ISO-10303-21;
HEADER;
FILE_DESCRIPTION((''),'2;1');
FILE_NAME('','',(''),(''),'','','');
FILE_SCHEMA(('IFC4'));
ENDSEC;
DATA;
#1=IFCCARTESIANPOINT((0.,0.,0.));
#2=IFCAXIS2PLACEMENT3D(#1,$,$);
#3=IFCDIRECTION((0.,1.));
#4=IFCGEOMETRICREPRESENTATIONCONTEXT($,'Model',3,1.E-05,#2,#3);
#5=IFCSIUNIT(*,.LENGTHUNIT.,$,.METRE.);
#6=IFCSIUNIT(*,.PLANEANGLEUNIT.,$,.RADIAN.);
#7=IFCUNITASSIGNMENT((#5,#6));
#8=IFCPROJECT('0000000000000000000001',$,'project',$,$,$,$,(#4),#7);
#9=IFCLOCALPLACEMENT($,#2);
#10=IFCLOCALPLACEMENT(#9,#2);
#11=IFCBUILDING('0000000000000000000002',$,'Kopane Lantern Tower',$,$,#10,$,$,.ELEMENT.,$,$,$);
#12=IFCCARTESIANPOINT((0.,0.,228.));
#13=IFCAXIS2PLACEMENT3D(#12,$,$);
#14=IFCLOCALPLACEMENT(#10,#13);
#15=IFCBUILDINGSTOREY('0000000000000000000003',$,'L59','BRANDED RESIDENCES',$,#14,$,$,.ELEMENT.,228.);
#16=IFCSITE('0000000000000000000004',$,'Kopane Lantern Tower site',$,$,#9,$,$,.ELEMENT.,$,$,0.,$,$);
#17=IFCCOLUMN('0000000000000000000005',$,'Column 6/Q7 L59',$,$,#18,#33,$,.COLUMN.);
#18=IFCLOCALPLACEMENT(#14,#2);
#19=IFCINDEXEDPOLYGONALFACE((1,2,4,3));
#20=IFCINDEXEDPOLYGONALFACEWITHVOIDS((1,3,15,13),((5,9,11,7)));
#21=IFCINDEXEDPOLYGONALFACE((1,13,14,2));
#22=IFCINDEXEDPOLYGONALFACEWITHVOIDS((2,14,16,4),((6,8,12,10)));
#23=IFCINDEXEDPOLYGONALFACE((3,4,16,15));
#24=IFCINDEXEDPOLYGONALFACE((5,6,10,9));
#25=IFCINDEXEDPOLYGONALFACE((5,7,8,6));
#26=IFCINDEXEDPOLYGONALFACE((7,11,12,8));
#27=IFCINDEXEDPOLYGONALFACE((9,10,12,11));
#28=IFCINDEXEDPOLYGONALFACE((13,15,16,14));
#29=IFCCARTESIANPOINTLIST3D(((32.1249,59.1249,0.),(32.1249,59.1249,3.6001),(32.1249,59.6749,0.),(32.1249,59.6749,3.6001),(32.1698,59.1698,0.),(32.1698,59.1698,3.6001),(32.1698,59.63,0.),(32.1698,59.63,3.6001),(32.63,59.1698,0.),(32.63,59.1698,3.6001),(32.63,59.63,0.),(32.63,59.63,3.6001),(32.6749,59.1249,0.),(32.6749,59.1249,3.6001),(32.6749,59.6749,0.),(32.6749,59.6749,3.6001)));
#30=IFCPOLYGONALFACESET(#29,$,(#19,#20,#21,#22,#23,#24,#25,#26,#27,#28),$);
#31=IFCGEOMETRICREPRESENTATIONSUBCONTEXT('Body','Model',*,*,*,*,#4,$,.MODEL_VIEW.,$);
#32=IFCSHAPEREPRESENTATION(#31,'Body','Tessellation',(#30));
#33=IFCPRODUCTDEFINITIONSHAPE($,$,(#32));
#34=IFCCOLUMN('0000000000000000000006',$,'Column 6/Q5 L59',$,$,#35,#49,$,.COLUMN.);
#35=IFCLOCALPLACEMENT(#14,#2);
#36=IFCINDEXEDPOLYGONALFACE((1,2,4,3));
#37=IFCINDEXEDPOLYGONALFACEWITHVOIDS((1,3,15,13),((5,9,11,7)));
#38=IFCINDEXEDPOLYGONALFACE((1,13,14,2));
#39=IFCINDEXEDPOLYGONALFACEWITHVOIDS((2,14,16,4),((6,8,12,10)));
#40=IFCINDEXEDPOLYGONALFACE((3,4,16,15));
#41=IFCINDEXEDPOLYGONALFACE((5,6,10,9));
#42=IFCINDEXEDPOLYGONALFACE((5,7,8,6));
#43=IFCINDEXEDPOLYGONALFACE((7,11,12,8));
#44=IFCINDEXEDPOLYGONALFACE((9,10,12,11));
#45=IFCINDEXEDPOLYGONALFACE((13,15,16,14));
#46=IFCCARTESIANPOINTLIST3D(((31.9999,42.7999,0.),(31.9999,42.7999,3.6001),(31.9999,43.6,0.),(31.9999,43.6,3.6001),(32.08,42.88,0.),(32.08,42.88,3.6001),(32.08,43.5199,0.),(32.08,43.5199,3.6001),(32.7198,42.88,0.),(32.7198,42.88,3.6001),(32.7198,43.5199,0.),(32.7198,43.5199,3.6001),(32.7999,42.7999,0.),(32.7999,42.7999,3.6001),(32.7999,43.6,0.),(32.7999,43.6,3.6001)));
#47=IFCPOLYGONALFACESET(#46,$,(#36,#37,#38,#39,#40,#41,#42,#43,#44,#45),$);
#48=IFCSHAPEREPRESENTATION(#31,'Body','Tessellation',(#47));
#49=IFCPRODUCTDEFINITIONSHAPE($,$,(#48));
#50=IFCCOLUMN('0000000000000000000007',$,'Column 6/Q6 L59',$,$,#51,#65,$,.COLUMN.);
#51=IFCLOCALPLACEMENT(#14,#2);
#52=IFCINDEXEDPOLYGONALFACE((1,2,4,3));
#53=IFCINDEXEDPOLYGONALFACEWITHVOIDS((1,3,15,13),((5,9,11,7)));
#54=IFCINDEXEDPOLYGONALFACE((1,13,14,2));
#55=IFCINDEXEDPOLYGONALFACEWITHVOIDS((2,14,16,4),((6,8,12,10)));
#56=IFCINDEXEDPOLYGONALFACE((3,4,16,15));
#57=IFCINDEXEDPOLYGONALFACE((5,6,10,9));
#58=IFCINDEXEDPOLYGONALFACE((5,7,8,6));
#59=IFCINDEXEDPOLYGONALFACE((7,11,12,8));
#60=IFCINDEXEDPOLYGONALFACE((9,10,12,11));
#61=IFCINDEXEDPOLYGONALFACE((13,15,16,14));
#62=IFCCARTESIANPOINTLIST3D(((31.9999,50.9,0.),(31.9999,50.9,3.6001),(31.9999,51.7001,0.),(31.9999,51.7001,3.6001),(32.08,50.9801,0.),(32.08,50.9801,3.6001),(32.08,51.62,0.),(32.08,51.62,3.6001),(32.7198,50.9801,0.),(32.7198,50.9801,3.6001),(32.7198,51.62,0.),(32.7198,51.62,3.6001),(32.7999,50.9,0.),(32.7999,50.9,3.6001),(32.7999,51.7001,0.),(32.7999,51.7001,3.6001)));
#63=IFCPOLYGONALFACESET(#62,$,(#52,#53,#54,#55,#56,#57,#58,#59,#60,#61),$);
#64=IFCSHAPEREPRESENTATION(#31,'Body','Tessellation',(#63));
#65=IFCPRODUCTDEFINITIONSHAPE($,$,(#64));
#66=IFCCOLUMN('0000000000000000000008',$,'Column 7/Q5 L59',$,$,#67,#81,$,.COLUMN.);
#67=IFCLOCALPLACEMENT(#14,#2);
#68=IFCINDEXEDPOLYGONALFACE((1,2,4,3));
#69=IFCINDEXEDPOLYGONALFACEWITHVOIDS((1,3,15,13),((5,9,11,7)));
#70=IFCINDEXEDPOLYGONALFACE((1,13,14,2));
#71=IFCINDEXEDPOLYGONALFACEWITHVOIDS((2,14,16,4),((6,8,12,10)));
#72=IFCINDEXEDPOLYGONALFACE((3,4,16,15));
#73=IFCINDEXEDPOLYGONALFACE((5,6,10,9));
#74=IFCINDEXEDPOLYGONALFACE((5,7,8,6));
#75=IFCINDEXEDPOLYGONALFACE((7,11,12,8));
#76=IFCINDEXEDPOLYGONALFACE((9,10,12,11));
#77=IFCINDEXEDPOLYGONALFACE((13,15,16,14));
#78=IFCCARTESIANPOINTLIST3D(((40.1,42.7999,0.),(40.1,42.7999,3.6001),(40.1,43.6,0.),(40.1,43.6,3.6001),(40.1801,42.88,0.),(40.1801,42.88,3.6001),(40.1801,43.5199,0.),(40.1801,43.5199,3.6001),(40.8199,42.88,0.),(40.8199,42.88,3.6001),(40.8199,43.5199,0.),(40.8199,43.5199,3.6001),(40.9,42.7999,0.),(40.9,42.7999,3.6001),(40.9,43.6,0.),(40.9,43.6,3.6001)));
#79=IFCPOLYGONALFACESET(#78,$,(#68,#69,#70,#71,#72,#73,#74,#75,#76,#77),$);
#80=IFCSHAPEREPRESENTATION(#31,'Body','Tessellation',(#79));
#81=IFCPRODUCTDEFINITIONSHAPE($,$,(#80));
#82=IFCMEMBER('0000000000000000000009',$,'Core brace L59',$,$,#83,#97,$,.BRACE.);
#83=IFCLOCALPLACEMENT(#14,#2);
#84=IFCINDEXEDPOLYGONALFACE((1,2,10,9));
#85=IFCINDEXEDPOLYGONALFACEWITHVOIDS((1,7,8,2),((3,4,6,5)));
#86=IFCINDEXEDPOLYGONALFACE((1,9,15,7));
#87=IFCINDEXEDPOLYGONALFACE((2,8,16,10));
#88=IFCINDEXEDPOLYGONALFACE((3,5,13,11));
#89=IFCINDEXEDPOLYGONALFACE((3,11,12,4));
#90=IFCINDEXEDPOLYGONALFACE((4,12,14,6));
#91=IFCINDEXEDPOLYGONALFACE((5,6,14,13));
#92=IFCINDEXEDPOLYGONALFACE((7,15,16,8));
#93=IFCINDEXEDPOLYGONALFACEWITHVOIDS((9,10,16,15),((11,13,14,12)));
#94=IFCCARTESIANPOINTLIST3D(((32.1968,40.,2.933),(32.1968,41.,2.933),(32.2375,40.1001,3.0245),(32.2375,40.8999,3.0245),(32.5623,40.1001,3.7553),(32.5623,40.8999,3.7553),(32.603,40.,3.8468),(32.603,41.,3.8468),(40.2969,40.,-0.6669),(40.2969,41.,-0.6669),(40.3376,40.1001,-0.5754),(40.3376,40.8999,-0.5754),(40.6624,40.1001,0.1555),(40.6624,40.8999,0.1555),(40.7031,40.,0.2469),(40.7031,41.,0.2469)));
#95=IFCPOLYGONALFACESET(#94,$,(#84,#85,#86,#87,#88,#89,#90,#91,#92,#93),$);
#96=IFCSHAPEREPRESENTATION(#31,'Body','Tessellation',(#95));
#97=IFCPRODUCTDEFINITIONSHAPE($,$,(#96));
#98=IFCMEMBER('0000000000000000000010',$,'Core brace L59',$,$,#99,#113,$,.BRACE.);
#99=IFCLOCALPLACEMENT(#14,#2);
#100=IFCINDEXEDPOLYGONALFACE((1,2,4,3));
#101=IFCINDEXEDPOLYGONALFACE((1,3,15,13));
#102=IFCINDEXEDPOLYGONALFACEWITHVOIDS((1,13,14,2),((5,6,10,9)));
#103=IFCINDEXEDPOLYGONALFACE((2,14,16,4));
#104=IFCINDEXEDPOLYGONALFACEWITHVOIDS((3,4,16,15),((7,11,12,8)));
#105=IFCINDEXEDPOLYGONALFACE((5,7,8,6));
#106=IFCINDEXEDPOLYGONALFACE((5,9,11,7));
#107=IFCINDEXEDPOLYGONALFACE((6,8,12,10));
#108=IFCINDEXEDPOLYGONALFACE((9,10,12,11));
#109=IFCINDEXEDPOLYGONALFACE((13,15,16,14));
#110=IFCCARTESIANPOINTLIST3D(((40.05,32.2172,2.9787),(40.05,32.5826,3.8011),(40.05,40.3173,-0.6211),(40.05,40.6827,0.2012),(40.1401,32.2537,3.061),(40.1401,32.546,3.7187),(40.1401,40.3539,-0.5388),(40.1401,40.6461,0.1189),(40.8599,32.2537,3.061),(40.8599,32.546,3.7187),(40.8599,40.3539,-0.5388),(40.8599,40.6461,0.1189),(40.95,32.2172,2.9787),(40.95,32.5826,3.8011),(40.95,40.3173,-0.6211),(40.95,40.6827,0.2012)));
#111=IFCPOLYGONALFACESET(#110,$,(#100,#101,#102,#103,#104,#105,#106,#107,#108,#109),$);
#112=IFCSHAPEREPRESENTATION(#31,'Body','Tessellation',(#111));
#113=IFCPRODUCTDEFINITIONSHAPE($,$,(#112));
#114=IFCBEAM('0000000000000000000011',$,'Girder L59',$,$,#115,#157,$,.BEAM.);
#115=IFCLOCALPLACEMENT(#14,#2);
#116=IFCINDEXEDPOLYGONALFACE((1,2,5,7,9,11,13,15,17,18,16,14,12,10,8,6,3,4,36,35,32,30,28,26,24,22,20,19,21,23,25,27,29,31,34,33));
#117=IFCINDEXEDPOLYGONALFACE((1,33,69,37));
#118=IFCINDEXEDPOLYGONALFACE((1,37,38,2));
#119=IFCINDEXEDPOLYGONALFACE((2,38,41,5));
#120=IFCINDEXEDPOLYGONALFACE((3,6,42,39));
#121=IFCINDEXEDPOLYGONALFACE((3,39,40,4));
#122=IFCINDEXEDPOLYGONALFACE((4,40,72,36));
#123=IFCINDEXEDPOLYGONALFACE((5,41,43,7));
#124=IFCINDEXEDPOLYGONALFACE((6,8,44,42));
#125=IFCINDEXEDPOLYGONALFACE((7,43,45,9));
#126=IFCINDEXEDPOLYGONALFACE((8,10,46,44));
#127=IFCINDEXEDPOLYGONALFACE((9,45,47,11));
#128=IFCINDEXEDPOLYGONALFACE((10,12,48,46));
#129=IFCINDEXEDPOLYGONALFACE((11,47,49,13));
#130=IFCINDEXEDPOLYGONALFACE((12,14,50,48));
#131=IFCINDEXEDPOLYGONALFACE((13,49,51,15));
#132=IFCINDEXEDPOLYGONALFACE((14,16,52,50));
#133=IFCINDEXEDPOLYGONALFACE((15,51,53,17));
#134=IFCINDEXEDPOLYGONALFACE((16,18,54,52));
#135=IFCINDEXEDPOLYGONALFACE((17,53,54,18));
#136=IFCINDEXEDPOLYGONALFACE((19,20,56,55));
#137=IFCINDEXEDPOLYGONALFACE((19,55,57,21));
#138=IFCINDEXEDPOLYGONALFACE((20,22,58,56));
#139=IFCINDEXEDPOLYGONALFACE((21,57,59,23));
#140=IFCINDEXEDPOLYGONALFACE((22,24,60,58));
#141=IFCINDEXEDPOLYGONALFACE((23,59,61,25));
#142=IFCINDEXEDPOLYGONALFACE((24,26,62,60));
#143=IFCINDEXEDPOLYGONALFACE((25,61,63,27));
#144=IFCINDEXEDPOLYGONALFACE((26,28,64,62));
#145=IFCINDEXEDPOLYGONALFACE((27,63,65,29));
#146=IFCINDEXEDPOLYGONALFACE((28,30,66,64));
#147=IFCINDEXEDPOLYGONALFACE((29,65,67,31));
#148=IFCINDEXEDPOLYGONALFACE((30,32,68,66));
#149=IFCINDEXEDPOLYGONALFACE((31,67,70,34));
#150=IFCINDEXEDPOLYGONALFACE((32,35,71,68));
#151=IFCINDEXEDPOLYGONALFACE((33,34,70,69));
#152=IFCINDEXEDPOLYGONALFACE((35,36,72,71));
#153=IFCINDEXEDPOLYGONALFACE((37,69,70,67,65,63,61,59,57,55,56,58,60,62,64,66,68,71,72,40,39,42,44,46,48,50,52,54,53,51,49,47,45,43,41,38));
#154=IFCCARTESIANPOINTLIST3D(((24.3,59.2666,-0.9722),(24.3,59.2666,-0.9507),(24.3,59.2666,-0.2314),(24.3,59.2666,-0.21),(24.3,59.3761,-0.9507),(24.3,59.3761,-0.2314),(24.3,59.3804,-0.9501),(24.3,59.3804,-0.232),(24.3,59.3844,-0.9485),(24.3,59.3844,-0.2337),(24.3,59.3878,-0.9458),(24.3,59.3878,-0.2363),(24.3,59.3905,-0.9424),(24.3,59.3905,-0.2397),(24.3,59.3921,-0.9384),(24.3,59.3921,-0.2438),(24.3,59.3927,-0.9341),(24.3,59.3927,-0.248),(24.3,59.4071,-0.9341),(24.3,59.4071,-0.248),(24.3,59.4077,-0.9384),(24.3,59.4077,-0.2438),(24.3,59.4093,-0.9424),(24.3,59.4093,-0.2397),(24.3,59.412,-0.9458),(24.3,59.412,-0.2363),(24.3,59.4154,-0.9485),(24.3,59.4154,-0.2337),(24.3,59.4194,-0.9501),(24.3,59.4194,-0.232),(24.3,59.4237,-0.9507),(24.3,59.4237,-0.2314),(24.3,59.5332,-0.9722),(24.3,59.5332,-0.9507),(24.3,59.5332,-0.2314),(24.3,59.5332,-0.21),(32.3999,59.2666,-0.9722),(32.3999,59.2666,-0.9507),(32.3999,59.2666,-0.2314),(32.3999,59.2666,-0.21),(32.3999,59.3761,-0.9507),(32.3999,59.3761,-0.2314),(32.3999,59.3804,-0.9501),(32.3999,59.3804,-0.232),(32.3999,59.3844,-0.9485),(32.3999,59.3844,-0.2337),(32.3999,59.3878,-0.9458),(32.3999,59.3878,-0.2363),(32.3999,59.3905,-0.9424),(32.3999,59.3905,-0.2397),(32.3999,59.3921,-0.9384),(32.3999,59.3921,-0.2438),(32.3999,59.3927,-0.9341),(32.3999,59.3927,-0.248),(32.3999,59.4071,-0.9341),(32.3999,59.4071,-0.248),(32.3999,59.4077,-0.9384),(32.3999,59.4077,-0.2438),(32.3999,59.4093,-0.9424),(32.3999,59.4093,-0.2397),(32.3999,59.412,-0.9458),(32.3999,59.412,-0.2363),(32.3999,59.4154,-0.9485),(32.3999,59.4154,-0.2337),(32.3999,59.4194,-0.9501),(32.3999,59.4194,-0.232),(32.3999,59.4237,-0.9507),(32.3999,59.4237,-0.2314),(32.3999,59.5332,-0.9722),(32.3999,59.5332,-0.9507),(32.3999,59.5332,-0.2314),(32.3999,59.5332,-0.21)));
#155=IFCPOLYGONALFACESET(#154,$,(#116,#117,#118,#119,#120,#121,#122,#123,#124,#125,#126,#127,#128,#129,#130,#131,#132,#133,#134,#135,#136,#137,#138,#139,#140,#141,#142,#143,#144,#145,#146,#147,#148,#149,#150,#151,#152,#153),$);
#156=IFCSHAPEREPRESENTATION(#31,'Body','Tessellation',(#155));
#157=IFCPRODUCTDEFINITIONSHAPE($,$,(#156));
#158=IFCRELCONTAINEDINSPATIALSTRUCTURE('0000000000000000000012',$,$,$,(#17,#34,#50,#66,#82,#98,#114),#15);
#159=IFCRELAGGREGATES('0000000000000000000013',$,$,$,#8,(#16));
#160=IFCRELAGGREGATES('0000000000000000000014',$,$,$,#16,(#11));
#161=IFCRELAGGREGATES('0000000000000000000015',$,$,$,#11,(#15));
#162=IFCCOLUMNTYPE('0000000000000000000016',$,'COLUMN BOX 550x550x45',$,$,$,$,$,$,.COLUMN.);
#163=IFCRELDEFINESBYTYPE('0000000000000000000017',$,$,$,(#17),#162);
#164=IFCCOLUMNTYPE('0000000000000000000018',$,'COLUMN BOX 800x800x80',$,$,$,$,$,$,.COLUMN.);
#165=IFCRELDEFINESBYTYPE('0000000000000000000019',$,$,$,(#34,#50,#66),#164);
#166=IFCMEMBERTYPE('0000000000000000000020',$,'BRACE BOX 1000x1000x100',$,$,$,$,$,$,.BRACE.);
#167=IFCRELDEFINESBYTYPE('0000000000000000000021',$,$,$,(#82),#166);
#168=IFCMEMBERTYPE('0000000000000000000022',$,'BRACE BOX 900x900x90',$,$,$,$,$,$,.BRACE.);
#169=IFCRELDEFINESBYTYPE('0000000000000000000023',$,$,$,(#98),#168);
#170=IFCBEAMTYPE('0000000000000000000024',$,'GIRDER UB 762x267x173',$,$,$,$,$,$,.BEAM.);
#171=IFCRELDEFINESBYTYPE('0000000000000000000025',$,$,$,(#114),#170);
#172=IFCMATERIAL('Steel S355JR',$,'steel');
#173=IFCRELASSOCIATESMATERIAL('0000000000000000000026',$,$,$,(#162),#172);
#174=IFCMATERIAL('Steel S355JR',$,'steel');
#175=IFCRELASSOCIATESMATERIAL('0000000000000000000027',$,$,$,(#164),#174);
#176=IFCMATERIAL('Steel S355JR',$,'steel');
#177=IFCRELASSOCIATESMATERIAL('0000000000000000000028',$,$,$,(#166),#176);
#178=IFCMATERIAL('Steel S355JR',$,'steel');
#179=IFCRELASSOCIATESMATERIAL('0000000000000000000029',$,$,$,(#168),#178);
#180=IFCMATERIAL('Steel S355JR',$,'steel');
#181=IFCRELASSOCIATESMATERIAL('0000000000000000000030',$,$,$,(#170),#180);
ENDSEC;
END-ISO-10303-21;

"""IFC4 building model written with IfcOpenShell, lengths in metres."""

from ifc_helpers import new_model, si_unit, direction, frame, origin, origin_2d, place, context, subcontext, project, spatial, hollow_rectangle, i_section, extrude, material, material_profile, profile_set, type_object, element, save


model = new_model("IFC4")

# Units and contexts
model_context = context("Model", 3, precision=1e-05, world=origin(), true_north=direction((0.0, 1.0)))
body_context = subcontext(model_context, "Body", "Model", "MODEL_VIEW")
ifc_project = project(units=[si_unit("LENGTHUNIT", "METRE"), si_unit("PLANEANGLEUNIT", "RADIAN")], contexts=[model_context])

# Site, building, storey
site_placement = place(None, origin())
site = spatial("IfcSite", under=ifc_project, at=site_placement, Name="Kopane Lantern Tower site", CompositionType="ELEMENT", RefElevation=0.0)
building_placement = place(site_placement, origin())
building = spatial("IfcBuilding", under=site, at=building_placement, Name="Kopane Lantern Tower", CompositionType="ELEMENT")
storey_placement = place(building_placement, frame((0.0, 0.0, 228.0)))
storey = spatial("IfcBuildingStorey", under=building, at=storey_placement, Name="L59", Description="BRANDED RESIDENCES", CompositionType="ELEMENT", Elevation=228.0)

# Columns
ifc_material_1 = material(Name="Steel S355JR", Category="steel")
ifc_material_profile_1 = material_profile(ifc_material_1, hollow_rectangle(XDim=0.55, YDim=0.55, WallThickness=0.0449, at=origin_2d()), Name="BOX 550x550x45")
ifc_profile_set_1 = profile_set([ifc_material_profile_1], Name="Steel S355JR")
column_type_1 = type_object("IfcColumnType", Name="COLUMN BOX 550x550x45", PredefinedType="COLUMN", material=ifc_profile_set_1)
column_placement = place(storey_placement, frame((32.3999, 59.3999, 0.0), z_axis=(0.0, 0.0, 1.0), x_axis=(1.0, 0.0, 0.0)))
element("IfcColumn", 1, at=column_placement, inside=storey, type_object=column_type_1, Name="Column 6/Q7 L59", PredefinedType="COLUMN", context=body_context, shape_type="SweptSolid", body=[
    extrude(hollow_rectangle(XDim=0.55, YDim=0.55, WallThickness=0.0449, at=origin_2d()), origin(), (0.0, 0.0, 1.0), 3.6001),
])
ifc_material_2 = material(Name="Steel S355JR", Category="steel")
ifc_material_profile_2 = material_profile(ifc_material_2, hollow_rectangle(XDim=0.8, YDim=0.8, WallThickness=0.0801, at=origin_2d()), Name="BOX 800x800x80")
ifc_profile_set_2 = profile_set([ifc_material_profile_2], Name="Steel S355JR")
column_type_2 = type_object("IfcColumnType", Name="COLUMN BOX 800x800x80", PredefinedType="COLUMN", material=ifc_profile_set_2)
for number, where, z_axis, x_axis, name in (
    (2, (32.3999, 43.2, 0.0), (0.0, 0.0, 1.0), (1.0, 0.0, 0.0), "Column 6/Q5 L59"),
    (3, (32.3999, 51.3, 0.0), (0.0, 0.0, 1.0), (1.0, 0.0, 0.0), "Column 6/Q6 L59"),
    (4, (40.5, 43.2, 0.0), (0.0, 0.0, 1.0), (1.0, 0.0, 0.0), "Column 7/Q5 L59"),
):
    element("IfcColumn", number, at=place(storey_placement, frame(where, z_axis=z_axis, x_axis=x_axis)), inside=storey, type_object=column_type_2, Name=name, PredefinedType="COLUMN", context=body_context, shape_type="SweptSolid", body=[
        extrude(hollow_rectangle(XDim=0.8, YDim=0.8, WallThickness=0.0801, at=origin_2d()), origin(), (0.0, 0.0, 1.0), 3.6001),
    ])

# Members
ifc_material_3 = material(Name="Steel S355JR", Category="steel")
ifc_material_profile_3 = material_profile(ifc_material_3, hollow_rectangle(XDim=1.0, YDim=1.0, WallThickness=0.1001, at=origin_2d()), Name="BOX 1000x1000x100")
ifc_profile_set_3 = profile_set([ifc_material_profile_3], Name="Steel S355JR")
member_type_1 = type_object("IfcMemberType", Name="BRACE BOX 1000x1000x100", PredefinedType="BRACE", material=ifc_profile_set_3)
member_1_placement = place(storey_placement, frame((40.5, 40.5, -0.21), z_axis=(-0.913819, 0.0, 0.406121), x_axis=(0.0, -1.0, 0.0)))
element("IfcMember", 5, at=member_1_placement, inside=storey, type_object=member_type_1, Name="Core brace L59", PredefinedType="BRACE", context=body_context, shape_type="SweptSolid", body=[
    extrude(hollow_rectangle(XDim=1.0, YDim=1.0, WallThickness=0.1001, at=origin_2d()), origin(), (0.0, 0.0, 1.0), 8.864),
])
ifc_material_4 = material(Name="Steel S355JR", Category="steel")
ifc_material_profile_4 = material_profile(ifc_material_4, hollow_rectangle(XDim=0.8999, YDim=0.8999, WallThickness=0.0901, at=origin_2d()), Name="BOX 900x900x90")
ifc_profile_set_4 = profile_set([ifc_material_profile_4], Name="Steel S355JR")
member_type_2 = type_object("IfcMemberType", Name="BRACE BOX 900x900x90", PredefinedType="BRACE", material=ifc_profile_set_4)
member_2_placement = place(storey_placement, frame((40.5, 40.5, -0.21), z_axis=(0.0, -0.913819, 0.406121), x_axis=(1.0, 0.0, 0.0)))
element("IfcMember", 6, at=member_2_placement, inside=storey, type_object=member_type_2, Name="Core brace L59", PredefinedType="BRACE", context=body_context, shape_type="SweptSolid", body=[
    extrude(hollow_rectangle(XDim=0.8999, YDim=0.8999, WallThickness=0.0901, at=origin_2d()), origin(), (0.0, 0.0, 1.0), 8.864),
])

# Beam
ifc_material_5 = material(Name="Steel S355JR", Category="steel")
ifc_material_profile_5 = material_profile(ifc_material_5, i_section(OverallWidth=0.2666, OverallDepth=0.7622, WebThickness=0.0144, FlangeThickness=0.0215, FilletRadius=0.0166, at=origin_2d()), Name="UB 762x267x173")
ifc_profile_set_5 = profile_set([ifc_material_profile_5], Name="Steel S355JR")
beam_type = type_object("IfcBeamType", Name="GIRDER UB 762x267x173", PredefinedType="BEAM", material=ifc_profile_set_5)
beam_1_placement = place(storey_placement, frame((24.3, 59.3999, -0.5911), z_axis=(1.0, 0.0, 0.0), x_axis=(0.0, 1.0, 0.0)))
element("IfcBeam", 7, at=beam_1_placement, inside=storey, type_object=beam_type, Name="Girder L59", PredefinedType="BEAM", context=body_context, shape_type="SweptSolid", body=[
    extrude(i_section(OverallWidth=0.2666, OverallDepth=0.7622, WebThickness=0.0144, FlangeThickness=0.0215, FilletRadius=0.0166, at=origin_2d()), origin(), (0.0, 0.0, 1.0), 8.0999),
])

save(model, "model.ifc")
